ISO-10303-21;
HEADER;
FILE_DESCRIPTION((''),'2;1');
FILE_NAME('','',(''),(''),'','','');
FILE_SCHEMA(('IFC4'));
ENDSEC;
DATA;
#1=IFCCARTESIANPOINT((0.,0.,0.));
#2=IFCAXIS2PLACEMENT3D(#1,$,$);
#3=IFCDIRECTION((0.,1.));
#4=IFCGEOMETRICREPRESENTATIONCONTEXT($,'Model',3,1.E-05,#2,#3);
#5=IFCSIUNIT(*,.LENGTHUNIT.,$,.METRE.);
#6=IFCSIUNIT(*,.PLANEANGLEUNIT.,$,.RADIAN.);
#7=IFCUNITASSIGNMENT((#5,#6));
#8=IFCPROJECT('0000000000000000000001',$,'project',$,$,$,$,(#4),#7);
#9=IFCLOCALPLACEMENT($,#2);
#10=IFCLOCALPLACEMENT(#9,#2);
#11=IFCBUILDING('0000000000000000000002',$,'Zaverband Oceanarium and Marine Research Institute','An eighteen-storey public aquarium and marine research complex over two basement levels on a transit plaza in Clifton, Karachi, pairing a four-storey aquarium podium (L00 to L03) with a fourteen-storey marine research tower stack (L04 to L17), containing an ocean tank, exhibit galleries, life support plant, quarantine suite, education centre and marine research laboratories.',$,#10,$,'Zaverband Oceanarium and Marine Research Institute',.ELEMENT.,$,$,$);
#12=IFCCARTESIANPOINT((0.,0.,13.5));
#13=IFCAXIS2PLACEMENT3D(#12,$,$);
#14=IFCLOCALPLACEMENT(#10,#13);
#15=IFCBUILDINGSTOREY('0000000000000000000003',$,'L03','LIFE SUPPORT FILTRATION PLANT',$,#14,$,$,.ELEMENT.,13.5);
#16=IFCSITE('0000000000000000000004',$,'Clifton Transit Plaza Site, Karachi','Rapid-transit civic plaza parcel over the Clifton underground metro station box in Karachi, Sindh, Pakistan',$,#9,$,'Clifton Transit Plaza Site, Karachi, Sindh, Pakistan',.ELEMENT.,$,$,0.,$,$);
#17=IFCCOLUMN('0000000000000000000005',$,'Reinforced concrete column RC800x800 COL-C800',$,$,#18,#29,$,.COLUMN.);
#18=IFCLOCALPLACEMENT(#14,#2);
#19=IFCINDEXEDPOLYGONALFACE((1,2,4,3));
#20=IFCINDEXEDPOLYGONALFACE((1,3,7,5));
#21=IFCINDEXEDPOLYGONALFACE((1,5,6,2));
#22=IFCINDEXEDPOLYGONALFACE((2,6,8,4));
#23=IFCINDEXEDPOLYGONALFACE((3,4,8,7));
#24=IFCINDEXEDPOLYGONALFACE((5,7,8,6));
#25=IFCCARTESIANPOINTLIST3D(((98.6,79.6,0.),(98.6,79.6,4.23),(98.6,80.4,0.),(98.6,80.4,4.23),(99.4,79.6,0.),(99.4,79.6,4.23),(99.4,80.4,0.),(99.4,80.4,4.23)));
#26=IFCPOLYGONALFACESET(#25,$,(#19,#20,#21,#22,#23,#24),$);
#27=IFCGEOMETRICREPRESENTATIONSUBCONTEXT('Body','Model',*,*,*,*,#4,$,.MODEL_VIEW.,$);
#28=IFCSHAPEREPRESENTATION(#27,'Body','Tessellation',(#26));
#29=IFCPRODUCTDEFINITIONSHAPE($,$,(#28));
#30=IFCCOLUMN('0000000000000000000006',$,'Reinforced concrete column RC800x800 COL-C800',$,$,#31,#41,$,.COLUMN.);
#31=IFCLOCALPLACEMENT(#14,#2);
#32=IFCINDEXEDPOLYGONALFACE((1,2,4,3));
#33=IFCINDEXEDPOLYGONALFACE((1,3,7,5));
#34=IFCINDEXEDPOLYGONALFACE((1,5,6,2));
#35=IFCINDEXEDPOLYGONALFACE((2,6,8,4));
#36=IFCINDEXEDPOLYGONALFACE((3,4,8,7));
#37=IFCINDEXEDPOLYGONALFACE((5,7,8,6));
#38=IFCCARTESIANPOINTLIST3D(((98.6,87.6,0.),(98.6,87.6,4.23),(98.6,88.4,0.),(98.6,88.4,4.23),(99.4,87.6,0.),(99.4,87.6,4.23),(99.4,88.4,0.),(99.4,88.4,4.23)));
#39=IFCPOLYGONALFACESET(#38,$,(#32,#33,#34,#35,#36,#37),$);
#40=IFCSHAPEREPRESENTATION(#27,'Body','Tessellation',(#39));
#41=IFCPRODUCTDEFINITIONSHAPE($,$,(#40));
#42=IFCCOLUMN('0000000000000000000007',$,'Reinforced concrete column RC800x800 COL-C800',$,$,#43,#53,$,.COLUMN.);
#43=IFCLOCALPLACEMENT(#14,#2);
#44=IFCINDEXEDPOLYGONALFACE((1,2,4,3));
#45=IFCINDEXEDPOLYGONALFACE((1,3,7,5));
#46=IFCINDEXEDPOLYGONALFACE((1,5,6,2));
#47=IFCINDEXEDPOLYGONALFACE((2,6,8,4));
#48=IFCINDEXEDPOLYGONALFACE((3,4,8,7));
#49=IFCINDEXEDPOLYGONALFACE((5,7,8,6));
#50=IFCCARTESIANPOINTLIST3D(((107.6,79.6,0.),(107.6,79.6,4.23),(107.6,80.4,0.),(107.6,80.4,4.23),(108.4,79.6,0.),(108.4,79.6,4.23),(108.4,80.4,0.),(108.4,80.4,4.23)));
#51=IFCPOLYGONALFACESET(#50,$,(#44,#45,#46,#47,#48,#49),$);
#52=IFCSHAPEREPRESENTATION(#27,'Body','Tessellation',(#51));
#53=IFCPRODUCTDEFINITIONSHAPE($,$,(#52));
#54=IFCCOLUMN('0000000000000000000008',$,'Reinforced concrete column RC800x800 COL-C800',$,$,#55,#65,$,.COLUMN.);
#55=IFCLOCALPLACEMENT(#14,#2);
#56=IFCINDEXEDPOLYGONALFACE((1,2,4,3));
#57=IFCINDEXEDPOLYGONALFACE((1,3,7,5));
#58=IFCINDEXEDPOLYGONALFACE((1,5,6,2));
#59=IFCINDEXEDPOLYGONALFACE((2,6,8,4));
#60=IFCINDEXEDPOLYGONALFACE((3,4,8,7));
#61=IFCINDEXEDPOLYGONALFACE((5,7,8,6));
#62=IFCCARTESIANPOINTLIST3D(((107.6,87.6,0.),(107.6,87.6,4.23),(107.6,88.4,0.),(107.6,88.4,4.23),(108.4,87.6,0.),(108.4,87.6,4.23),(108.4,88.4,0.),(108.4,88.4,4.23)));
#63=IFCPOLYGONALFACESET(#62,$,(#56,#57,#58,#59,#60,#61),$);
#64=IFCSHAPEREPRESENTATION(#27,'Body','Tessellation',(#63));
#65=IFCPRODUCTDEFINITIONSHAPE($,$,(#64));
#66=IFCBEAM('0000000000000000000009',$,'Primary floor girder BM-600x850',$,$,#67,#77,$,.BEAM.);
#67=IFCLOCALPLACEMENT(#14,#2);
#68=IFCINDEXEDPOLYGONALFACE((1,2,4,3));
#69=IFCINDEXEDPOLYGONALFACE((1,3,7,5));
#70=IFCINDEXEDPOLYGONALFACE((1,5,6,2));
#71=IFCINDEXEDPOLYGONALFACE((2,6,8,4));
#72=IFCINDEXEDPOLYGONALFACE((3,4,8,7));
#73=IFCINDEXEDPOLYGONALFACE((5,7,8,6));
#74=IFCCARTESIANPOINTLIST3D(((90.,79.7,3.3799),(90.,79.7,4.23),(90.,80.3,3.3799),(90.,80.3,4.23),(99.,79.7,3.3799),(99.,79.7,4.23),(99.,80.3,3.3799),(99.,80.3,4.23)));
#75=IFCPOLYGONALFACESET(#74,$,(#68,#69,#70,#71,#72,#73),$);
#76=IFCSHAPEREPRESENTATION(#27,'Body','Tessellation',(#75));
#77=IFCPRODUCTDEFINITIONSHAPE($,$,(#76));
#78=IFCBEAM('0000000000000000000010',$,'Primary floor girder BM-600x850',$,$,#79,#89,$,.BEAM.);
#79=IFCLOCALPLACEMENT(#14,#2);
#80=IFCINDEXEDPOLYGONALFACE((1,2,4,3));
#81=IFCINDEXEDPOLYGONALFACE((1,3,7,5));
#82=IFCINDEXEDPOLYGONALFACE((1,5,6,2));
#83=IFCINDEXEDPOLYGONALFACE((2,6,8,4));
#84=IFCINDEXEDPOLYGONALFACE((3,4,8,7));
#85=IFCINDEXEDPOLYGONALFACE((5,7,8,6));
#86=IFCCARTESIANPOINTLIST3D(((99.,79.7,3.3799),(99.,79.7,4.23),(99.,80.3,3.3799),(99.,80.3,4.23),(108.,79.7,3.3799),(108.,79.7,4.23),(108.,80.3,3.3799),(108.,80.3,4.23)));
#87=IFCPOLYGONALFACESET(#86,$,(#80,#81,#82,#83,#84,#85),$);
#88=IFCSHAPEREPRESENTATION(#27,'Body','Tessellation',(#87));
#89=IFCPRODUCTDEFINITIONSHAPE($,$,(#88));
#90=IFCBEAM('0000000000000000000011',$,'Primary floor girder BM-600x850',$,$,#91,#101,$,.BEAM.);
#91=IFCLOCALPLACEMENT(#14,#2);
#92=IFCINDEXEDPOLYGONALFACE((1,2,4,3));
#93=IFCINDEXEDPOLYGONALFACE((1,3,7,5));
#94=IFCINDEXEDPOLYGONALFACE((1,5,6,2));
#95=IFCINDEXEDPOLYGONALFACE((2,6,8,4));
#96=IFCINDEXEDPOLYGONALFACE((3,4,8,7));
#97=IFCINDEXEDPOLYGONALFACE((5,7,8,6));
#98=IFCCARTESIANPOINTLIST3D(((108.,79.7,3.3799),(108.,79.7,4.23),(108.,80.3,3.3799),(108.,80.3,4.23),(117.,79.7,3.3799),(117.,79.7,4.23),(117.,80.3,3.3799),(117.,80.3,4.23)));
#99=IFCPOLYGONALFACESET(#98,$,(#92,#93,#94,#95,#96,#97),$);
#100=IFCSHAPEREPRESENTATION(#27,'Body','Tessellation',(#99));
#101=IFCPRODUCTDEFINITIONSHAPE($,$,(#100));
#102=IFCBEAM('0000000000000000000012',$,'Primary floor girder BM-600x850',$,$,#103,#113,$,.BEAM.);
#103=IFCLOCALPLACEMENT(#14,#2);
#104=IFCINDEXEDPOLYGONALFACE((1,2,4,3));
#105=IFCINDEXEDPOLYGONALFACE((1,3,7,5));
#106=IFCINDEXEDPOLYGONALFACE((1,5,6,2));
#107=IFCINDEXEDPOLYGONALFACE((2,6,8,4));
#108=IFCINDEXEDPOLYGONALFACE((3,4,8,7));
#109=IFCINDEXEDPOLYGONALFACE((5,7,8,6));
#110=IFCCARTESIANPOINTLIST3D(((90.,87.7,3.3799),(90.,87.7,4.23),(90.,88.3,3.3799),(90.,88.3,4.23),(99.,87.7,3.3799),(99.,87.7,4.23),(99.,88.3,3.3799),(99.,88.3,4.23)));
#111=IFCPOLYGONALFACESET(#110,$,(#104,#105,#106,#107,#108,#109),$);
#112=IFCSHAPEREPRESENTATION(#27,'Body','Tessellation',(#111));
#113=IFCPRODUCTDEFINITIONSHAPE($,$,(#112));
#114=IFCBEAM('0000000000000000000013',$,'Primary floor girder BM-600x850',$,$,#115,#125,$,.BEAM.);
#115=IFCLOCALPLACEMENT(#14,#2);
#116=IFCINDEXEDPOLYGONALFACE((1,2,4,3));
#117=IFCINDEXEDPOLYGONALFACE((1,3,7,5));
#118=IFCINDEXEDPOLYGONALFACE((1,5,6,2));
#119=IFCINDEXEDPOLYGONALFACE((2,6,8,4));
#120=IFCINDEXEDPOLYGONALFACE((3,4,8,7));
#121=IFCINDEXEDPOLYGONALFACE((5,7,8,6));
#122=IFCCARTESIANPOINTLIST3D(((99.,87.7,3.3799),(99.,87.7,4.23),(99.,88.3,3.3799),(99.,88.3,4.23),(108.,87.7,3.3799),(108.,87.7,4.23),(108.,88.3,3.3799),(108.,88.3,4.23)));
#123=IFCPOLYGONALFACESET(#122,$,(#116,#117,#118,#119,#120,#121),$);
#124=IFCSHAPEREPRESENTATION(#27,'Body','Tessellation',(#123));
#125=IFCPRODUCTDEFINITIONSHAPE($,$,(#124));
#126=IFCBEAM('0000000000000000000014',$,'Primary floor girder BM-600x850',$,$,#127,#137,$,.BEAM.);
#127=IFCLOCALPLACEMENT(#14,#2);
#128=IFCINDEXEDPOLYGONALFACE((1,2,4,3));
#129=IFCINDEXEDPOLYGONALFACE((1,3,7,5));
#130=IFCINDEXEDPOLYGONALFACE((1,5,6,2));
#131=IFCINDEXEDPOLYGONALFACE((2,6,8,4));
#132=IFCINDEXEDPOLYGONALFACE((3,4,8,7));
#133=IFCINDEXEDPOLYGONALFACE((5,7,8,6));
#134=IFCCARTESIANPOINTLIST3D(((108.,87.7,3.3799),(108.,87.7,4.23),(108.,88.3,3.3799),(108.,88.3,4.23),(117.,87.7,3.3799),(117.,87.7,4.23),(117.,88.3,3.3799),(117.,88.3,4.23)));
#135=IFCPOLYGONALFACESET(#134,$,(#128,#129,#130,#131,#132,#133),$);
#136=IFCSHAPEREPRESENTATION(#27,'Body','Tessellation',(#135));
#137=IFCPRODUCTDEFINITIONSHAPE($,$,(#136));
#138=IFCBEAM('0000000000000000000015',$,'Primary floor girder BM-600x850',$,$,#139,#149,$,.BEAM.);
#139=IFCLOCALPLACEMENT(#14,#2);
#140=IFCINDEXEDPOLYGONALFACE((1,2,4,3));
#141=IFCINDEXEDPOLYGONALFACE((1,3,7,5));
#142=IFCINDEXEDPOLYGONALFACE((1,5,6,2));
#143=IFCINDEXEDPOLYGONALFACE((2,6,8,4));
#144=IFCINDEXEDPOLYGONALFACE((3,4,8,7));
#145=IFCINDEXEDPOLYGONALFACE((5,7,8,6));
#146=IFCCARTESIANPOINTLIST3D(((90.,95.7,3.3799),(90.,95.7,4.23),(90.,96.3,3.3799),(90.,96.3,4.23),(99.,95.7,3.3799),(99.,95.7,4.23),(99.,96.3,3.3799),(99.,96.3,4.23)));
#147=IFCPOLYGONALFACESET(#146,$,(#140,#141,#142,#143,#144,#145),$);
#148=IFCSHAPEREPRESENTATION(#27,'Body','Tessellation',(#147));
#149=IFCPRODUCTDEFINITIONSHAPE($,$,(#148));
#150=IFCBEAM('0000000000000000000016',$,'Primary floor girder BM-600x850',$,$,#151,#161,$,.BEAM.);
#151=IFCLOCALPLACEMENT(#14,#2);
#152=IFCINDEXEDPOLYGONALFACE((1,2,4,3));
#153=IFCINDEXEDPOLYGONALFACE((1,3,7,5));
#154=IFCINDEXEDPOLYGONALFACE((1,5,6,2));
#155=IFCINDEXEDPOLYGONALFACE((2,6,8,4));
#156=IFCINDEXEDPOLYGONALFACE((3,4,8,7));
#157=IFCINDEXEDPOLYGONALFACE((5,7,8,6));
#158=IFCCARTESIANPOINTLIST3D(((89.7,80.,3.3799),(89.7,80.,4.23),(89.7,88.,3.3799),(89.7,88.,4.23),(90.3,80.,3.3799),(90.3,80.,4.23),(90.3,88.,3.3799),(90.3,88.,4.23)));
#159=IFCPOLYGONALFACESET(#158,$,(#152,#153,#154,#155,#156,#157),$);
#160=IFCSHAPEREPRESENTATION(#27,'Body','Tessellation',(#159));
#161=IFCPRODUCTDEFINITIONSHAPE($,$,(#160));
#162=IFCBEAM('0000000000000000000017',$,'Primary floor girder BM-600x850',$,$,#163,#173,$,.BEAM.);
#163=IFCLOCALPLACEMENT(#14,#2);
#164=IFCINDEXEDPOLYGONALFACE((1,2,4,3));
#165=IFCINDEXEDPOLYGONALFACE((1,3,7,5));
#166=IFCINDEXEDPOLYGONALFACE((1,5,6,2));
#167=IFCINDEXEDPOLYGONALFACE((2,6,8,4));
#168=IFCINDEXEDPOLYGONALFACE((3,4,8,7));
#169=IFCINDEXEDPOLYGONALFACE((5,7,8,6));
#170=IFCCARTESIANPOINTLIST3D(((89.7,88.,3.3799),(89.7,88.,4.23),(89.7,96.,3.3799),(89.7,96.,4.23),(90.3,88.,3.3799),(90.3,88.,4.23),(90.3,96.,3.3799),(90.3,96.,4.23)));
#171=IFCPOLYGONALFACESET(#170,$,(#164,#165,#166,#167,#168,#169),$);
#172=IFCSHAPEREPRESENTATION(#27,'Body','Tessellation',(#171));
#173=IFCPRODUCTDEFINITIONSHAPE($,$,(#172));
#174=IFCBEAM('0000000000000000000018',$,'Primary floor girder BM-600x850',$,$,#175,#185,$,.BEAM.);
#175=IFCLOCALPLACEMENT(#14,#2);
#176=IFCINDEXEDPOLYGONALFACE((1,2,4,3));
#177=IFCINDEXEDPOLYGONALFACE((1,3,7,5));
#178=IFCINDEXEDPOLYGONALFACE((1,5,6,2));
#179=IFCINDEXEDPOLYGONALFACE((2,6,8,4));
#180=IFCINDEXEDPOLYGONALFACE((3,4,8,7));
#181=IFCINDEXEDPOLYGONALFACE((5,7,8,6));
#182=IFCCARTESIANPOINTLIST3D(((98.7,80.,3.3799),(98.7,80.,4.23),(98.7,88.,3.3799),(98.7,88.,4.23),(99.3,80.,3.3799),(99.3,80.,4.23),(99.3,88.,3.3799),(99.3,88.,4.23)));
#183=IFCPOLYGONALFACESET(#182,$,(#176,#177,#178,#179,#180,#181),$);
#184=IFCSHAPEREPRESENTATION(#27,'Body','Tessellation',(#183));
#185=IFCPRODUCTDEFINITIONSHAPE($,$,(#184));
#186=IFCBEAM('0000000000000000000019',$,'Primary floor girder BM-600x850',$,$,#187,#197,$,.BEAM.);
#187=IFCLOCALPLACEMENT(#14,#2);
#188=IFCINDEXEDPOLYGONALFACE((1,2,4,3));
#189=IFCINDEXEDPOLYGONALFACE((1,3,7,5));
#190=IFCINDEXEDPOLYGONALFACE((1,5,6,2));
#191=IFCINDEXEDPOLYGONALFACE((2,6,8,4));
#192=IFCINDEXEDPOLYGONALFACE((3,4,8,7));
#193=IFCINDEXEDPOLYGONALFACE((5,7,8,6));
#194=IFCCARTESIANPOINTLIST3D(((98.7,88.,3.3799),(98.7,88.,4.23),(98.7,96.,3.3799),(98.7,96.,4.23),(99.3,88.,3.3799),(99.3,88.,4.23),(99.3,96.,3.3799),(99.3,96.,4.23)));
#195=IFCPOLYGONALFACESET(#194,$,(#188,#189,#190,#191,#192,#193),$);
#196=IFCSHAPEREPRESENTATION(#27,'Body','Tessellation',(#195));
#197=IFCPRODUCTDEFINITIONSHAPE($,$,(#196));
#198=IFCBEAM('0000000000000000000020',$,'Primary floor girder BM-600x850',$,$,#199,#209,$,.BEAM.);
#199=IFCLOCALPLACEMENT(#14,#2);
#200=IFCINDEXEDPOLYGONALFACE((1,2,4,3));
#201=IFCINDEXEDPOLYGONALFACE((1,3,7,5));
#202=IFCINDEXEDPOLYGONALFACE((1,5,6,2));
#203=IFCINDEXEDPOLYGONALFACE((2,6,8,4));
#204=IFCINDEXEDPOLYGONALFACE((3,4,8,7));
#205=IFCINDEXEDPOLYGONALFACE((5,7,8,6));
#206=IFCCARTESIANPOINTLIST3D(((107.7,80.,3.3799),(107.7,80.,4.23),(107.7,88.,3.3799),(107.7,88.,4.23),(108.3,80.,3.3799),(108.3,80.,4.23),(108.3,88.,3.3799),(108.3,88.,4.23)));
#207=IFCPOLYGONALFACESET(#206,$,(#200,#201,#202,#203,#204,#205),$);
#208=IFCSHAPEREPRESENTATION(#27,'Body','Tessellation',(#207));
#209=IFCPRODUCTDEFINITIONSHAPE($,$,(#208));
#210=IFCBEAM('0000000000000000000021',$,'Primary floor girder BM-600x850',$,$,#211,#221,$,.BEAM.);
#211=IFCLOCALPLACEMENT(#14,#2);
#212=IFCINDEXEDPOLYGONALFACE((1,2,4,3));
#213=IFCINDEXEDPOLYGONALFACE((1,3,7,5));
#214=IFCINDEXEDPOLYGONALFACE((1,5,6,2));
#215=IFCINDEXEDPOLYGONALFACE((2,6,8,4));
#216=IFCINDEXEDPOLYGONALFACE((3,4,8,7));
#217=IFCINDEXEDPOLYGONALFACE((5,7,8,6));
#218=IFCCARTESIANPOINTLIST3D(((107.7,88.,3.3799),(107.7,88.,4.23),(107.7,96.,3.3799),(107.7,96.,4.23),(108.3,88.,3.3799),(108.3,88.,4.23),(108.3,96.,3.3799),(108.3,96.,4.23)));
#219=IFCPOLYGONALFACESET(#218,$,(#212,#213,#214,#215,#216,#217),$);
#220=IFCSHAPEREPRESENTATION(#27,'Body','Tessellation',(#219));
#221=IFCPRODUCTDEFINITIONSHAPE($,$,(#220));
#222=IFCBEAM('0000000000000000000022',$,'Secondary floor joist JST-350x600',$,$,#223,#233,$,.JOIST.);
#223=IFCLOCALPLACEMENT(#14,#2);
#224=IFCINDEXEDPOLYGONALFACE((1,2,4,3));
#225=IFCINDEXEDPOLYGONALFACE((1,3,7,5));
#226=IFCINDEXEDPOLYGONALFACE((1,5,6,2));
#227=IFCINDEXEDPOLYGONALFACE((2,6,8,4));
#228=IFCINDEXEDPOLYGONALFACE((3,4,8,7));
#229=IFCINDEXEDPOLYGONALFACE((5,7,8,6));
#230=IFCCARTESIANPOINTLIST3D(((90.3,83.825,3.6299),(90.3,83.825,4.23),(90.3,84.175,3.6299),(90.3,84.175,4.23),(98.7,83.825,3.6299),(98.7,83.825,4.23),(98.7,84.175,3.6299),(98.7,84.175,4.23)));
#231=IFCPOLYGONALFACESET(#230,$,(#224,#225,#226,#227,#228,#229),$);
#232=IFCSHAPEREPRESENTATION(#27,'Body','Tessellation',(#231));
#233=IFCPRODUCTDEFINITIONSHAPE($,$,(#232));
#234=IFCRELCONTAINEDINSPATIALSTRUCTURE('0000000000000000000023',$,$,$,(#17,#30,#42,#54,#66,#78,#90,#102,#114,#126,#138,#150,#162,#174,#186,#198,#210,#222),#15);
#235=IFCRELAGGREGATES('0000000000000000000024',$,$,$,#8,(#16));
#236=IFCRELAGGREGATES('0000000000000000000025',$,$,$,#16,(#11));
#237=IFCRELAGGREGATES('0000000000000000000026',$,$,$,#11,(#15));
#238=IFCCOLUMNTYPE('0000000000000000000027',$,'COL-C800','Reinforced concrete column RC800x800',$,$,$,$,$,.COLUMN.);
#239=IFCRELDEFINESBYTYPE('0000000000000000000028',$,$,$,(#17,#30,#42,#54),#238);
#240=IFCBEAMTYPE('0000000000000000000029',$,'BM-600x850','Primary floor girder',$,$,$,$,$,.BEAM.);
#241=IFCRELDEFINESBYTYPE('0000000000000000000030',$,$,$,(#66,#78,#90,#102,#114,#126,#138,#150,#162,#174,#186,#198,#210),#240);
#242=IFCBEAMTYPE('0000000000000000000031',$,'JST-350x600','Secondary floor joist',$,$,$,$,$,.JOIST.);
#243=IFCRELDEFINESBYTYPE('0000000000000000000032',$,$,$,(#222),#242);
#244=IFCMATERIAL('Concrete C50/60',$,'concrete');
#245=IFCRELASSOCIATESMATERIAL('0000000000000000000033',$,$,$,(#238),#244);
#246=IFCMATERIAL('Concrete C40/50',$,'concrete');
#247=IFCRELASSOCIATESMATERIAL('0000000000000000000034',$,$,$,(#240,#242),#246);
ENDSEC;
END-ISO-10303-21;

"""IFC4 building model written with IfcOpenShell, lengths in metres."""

from ifc_helpers import new_model, si_unit, direction, frame, origin, origin_2d, place, context, subcontext, project, spatial, rectangle, extrude, material, material_profile, profile_set, type_object, element, save


model = new_model("IFC4")

# Units and contexts
model_context = context("Model", 3, precision=1e-05, world=origin(), true_north=direction((0.0, 1.0)))
body_context = subcontext(model_context, "Body", "Model", "MODEL_VIEW")
ifc_project = project(units=[si_unit("LENGTHUNIT", "METRE"), si_unit("PLANEANGLEUNIT", "RADIAN")], contexts=[model_context])

# Site, building, storey
site_placement = place(None, origin())
site = spatial("IfcSite", under=ifc_project, at=site_placement, Name="Clifton Transit Plaza Site, Karachi", Description="Rapid-transit civic plaza parcel over the Clifton underground metro station box in Karachi, Sindh, Pakistan", LongName="Clifton Transit Plaza Site, Karachi, Sindh, Pakistan", CompositionType="ELEMENT", RefElevation=0.0)
building_placement = place(site_placement, origin())
building = spatial("IfcBuilding", under=site, at=building_placement, Name="Zaverband Oceanarium and Marine Research Institute", Description="An eighteen-storey public aquarium and marine research complex over two basement levels on a transit plaza in Clifton, Karachi, pairing a four-storey aquarium podium (L00 to L03) with a fourteen-storey marine research tower stack (L04 to L17), containing an ocean tank, exhibit galleries, life support plant, quarantine suite, education centre and marine research laboratories.", LongName="Zaverband Oceanarium and Marine Research Institute", CompositionType="ELEMENT")
storey_placement = place(building_placement, frame((0.0, 0.0, 13.5)))
storey = spatial("IfcBuildingStorey", under=building, at=storey_placement, Name="L03", Description="LIFE SUPPORT FILTRATION PLANT", CompositionType="ELEMENT", Elevation=13.5)

# Columns
ifc_material_1 = material(Name="Concrete C50/60", Category="concrete")
ifc_material_profile_1 = material_profile(ifc_material_1, rectangle(XDim=0.8, YDim=0.8, at=origin_2d()), Name="RC800x800")
ifc_profile_set_1 = profile_set([ifc_material_profile_1], Name="Concrete C50/60")
column_type = type_object("IfcColumnType", Name="COL-C800", Description="Reinforced concrete column RC800x800", PredefinedType="COLUMN", material=ifc_profile_set_1)
for number, where, z_axis, x_axis, name in (
    (1, (99.0, 80.0, 0.0), (0.0, 0.0, 1.0), (1.0, 0.0, 0.0), "Reinforced concrete column RC800x800 COL-C800"),
    (2, (99.0, 88.0, 0.0), (0.0, 0.0, 1.0), (1.0, 0.0, 0.0), "Reinforced concrete column RC800x800 COL-C800"),
    (3, (108.0, 80.0, 0.0), (0.0, 0.0, 1.0), (1.0, 0.0, 0.0), "Reinforced concrete column RC800x800 COL-C800"),
    (4, (108.0, 88.0, 0.0), (0.0, 0.0, 1.0), (1.0, 0.0, 0.0), "Reinforced concrete column RC800x800 COL-C800"),
):
    element("IfcColumn", number, at=place(storey_placement, frame(where, z_axis=z_axis, x_axis=x_axis)), inside=storey, type_object=column_type, Name=name, PredefinedType="COLUMN", context=body_context, shape_type="SweptSolid", body=[
        extrude(rectangle(XDim=0.8, YDim=0.8, at=origin_2d()), origin(), (0.0, 0.0, 1.0), 4.23),
    ])

# Beams
ifc_material_2 = material(Name="Concrete C40/50", Category="concrete")
ifc_material_profile_2 = material_profile(ifc_material_2, rectangle(XDim=0.6001, YDim=0.8501, at=origin_2d()), Name="RC600x850")
ifc_profile_set_2 = profile_set([ifc_material_profile_2], Name="Concrete C40/50")
beam_type_1 = type_object("IfcBeamType", Name="BM-600x850", Description="Primary floor girder", PredefinedType="BEAM", material=ifc_profile_set_2)
for number, where, z_axis, x_axis, name in (
    (5, (90.0, 80.0, 3.8049), (1.0, 0.0, 0.0), (0.0, 1.0, 0.0), "Primary floor girder BM-600x850"),
    (6, (99.0, 80.0, 3.8049), (1.0, 0.0, 0.0), (0.0, 1.0, 0.0), "Primary floor girder BM-600x850"),
    (7, (108.0, 80.0, 3.8049), (1.0, 0.0, 0.0), (0.0, 1.0, 0.0), "Primary floor girder BM-600x850"),
    (8, (90.0, 88.0, 3.8049), (1.0, 0.0, 0.0), (0.0, 1.0, 0.0), "Primary floor girder BM-600x850"),
    (9, (99.0, 88.0, 3.8049), (1.0, 0.0, 0.0), (0.0, 1.0, 0.0), "Primary floor girder BM-600x850"),
    (10, (108.0, 88.0, 3.8049), (1.0, 0.0, 0.0), (0.0, 1.0, 0.0), "Primary floor girder BM-600x850"),
    (11, (90.0, 96.0, 3.8049), (1.0, 0.0, 0.0), (0.0, 1.0, 0.0), "Primary floor girder BM-600x850"),
):
    element("IfcBeam", number, at=place(storey_placement, frame(where, z_axis=z_axis, x_axis=x_axis)), inside=storey, type_object=beam_type_1, Name=name, PredefinedType="BEAM", context=body_context, shape_type="SweptSolid", body=[
        extrude(rectangle(XDim=0.6001, YDim=0.8501, at=origin_2d()), origin(), (0.0, 0.0, 1.0), 9.0),
    ])
for number, where, z_axis, x_axis, name in (
    (12, (90.0, 80.0, 3.8049), (0.0, 1.0, 0.0), (-1.0, 0.0, 0.0), "Primary floor girder BM-600x850"),
    (13, (90.0, 88.0, 3.8049), (0.0, 1.0, 0.0), (-1.0, 0.0, 0.0), "Primary floor girder BM-600x850"),
    (14, (99.0, 80.0, 3.8049), (0.0, 1.0, 0.0), (-1.0, 0.0, 0.0), "Primary floor girder BM-600x850"),
    (15, (99.0, 88.0, 3.8049), (0.0, 1.0, 0.0), (-1.0, 0.0, 0.0), "Primary floor girder BM-600x850"),
    (16, (108.0, 80.0, 3.8049), (0.0, 1.0, 0.0), (-1.0, 0.0, 0.0), "Primary floor girder BM-600x850"),
    (17, (108.0, 88.0, 3.8049), (0.0, 1.0, 0.0), (-1.0, 0.0, 0.0), "Primary floor girder BM-600x850"),
):
    element("IfcBeam", number, at=place(storey_placement, frame(where, z_axis=z_axis, x_axis=x_axis)), inside=storey, type_object=beam_type_1, Name=name, PredefinedType="BEAM", context=body_context, shape_type="SweptSolid", body=[
        extrude(rectangle(XDim=0.6001, YDim=0.8501, at=origin_2d()), origin(), (0.0, 0.0, 1.0), 8.0),
    ])
ifc_material_profile_3 = material_profile(ifc_material_2, rectangle(XDim=0.3501, YDim=0.6001, at=origin_2d()), Name="RC350x600")
ifc_profile_set_3 = profile_set([ifc_material_profile_3], Name="Concrete C40/50")
beam_type_2 = type_object("IfcBeamType", Name="JST-350x600", Description="Secondary floor joist", PredefinedType="JOIST", material=ifc_profile_set_3)
for number, where, z_axis, x_axis, name in (
    (18, (90.3, 84.0, 3.9299), (1.0, 0.0, 0.0), (0.0, 1.0, 0.0), "Secondary floor joist JST-350x600"),
):
    element("IfcBeam", number, at=place(storey_placement, frame(where, z_axis=z_axis, x_axis=x_axis)), inside=storey, type_object=beam_type_2, Name=name, PredefinedType="JOIST", context=body_context, shape_type="SweptSolid", body=[
        extrude(rectangle(XDim=0.3501, YDim=0.6001, at=origin_2d()), origin(), (0.0, 0.0, 1.0), 8.3999),
    ])

save(model, "model.ifc")
